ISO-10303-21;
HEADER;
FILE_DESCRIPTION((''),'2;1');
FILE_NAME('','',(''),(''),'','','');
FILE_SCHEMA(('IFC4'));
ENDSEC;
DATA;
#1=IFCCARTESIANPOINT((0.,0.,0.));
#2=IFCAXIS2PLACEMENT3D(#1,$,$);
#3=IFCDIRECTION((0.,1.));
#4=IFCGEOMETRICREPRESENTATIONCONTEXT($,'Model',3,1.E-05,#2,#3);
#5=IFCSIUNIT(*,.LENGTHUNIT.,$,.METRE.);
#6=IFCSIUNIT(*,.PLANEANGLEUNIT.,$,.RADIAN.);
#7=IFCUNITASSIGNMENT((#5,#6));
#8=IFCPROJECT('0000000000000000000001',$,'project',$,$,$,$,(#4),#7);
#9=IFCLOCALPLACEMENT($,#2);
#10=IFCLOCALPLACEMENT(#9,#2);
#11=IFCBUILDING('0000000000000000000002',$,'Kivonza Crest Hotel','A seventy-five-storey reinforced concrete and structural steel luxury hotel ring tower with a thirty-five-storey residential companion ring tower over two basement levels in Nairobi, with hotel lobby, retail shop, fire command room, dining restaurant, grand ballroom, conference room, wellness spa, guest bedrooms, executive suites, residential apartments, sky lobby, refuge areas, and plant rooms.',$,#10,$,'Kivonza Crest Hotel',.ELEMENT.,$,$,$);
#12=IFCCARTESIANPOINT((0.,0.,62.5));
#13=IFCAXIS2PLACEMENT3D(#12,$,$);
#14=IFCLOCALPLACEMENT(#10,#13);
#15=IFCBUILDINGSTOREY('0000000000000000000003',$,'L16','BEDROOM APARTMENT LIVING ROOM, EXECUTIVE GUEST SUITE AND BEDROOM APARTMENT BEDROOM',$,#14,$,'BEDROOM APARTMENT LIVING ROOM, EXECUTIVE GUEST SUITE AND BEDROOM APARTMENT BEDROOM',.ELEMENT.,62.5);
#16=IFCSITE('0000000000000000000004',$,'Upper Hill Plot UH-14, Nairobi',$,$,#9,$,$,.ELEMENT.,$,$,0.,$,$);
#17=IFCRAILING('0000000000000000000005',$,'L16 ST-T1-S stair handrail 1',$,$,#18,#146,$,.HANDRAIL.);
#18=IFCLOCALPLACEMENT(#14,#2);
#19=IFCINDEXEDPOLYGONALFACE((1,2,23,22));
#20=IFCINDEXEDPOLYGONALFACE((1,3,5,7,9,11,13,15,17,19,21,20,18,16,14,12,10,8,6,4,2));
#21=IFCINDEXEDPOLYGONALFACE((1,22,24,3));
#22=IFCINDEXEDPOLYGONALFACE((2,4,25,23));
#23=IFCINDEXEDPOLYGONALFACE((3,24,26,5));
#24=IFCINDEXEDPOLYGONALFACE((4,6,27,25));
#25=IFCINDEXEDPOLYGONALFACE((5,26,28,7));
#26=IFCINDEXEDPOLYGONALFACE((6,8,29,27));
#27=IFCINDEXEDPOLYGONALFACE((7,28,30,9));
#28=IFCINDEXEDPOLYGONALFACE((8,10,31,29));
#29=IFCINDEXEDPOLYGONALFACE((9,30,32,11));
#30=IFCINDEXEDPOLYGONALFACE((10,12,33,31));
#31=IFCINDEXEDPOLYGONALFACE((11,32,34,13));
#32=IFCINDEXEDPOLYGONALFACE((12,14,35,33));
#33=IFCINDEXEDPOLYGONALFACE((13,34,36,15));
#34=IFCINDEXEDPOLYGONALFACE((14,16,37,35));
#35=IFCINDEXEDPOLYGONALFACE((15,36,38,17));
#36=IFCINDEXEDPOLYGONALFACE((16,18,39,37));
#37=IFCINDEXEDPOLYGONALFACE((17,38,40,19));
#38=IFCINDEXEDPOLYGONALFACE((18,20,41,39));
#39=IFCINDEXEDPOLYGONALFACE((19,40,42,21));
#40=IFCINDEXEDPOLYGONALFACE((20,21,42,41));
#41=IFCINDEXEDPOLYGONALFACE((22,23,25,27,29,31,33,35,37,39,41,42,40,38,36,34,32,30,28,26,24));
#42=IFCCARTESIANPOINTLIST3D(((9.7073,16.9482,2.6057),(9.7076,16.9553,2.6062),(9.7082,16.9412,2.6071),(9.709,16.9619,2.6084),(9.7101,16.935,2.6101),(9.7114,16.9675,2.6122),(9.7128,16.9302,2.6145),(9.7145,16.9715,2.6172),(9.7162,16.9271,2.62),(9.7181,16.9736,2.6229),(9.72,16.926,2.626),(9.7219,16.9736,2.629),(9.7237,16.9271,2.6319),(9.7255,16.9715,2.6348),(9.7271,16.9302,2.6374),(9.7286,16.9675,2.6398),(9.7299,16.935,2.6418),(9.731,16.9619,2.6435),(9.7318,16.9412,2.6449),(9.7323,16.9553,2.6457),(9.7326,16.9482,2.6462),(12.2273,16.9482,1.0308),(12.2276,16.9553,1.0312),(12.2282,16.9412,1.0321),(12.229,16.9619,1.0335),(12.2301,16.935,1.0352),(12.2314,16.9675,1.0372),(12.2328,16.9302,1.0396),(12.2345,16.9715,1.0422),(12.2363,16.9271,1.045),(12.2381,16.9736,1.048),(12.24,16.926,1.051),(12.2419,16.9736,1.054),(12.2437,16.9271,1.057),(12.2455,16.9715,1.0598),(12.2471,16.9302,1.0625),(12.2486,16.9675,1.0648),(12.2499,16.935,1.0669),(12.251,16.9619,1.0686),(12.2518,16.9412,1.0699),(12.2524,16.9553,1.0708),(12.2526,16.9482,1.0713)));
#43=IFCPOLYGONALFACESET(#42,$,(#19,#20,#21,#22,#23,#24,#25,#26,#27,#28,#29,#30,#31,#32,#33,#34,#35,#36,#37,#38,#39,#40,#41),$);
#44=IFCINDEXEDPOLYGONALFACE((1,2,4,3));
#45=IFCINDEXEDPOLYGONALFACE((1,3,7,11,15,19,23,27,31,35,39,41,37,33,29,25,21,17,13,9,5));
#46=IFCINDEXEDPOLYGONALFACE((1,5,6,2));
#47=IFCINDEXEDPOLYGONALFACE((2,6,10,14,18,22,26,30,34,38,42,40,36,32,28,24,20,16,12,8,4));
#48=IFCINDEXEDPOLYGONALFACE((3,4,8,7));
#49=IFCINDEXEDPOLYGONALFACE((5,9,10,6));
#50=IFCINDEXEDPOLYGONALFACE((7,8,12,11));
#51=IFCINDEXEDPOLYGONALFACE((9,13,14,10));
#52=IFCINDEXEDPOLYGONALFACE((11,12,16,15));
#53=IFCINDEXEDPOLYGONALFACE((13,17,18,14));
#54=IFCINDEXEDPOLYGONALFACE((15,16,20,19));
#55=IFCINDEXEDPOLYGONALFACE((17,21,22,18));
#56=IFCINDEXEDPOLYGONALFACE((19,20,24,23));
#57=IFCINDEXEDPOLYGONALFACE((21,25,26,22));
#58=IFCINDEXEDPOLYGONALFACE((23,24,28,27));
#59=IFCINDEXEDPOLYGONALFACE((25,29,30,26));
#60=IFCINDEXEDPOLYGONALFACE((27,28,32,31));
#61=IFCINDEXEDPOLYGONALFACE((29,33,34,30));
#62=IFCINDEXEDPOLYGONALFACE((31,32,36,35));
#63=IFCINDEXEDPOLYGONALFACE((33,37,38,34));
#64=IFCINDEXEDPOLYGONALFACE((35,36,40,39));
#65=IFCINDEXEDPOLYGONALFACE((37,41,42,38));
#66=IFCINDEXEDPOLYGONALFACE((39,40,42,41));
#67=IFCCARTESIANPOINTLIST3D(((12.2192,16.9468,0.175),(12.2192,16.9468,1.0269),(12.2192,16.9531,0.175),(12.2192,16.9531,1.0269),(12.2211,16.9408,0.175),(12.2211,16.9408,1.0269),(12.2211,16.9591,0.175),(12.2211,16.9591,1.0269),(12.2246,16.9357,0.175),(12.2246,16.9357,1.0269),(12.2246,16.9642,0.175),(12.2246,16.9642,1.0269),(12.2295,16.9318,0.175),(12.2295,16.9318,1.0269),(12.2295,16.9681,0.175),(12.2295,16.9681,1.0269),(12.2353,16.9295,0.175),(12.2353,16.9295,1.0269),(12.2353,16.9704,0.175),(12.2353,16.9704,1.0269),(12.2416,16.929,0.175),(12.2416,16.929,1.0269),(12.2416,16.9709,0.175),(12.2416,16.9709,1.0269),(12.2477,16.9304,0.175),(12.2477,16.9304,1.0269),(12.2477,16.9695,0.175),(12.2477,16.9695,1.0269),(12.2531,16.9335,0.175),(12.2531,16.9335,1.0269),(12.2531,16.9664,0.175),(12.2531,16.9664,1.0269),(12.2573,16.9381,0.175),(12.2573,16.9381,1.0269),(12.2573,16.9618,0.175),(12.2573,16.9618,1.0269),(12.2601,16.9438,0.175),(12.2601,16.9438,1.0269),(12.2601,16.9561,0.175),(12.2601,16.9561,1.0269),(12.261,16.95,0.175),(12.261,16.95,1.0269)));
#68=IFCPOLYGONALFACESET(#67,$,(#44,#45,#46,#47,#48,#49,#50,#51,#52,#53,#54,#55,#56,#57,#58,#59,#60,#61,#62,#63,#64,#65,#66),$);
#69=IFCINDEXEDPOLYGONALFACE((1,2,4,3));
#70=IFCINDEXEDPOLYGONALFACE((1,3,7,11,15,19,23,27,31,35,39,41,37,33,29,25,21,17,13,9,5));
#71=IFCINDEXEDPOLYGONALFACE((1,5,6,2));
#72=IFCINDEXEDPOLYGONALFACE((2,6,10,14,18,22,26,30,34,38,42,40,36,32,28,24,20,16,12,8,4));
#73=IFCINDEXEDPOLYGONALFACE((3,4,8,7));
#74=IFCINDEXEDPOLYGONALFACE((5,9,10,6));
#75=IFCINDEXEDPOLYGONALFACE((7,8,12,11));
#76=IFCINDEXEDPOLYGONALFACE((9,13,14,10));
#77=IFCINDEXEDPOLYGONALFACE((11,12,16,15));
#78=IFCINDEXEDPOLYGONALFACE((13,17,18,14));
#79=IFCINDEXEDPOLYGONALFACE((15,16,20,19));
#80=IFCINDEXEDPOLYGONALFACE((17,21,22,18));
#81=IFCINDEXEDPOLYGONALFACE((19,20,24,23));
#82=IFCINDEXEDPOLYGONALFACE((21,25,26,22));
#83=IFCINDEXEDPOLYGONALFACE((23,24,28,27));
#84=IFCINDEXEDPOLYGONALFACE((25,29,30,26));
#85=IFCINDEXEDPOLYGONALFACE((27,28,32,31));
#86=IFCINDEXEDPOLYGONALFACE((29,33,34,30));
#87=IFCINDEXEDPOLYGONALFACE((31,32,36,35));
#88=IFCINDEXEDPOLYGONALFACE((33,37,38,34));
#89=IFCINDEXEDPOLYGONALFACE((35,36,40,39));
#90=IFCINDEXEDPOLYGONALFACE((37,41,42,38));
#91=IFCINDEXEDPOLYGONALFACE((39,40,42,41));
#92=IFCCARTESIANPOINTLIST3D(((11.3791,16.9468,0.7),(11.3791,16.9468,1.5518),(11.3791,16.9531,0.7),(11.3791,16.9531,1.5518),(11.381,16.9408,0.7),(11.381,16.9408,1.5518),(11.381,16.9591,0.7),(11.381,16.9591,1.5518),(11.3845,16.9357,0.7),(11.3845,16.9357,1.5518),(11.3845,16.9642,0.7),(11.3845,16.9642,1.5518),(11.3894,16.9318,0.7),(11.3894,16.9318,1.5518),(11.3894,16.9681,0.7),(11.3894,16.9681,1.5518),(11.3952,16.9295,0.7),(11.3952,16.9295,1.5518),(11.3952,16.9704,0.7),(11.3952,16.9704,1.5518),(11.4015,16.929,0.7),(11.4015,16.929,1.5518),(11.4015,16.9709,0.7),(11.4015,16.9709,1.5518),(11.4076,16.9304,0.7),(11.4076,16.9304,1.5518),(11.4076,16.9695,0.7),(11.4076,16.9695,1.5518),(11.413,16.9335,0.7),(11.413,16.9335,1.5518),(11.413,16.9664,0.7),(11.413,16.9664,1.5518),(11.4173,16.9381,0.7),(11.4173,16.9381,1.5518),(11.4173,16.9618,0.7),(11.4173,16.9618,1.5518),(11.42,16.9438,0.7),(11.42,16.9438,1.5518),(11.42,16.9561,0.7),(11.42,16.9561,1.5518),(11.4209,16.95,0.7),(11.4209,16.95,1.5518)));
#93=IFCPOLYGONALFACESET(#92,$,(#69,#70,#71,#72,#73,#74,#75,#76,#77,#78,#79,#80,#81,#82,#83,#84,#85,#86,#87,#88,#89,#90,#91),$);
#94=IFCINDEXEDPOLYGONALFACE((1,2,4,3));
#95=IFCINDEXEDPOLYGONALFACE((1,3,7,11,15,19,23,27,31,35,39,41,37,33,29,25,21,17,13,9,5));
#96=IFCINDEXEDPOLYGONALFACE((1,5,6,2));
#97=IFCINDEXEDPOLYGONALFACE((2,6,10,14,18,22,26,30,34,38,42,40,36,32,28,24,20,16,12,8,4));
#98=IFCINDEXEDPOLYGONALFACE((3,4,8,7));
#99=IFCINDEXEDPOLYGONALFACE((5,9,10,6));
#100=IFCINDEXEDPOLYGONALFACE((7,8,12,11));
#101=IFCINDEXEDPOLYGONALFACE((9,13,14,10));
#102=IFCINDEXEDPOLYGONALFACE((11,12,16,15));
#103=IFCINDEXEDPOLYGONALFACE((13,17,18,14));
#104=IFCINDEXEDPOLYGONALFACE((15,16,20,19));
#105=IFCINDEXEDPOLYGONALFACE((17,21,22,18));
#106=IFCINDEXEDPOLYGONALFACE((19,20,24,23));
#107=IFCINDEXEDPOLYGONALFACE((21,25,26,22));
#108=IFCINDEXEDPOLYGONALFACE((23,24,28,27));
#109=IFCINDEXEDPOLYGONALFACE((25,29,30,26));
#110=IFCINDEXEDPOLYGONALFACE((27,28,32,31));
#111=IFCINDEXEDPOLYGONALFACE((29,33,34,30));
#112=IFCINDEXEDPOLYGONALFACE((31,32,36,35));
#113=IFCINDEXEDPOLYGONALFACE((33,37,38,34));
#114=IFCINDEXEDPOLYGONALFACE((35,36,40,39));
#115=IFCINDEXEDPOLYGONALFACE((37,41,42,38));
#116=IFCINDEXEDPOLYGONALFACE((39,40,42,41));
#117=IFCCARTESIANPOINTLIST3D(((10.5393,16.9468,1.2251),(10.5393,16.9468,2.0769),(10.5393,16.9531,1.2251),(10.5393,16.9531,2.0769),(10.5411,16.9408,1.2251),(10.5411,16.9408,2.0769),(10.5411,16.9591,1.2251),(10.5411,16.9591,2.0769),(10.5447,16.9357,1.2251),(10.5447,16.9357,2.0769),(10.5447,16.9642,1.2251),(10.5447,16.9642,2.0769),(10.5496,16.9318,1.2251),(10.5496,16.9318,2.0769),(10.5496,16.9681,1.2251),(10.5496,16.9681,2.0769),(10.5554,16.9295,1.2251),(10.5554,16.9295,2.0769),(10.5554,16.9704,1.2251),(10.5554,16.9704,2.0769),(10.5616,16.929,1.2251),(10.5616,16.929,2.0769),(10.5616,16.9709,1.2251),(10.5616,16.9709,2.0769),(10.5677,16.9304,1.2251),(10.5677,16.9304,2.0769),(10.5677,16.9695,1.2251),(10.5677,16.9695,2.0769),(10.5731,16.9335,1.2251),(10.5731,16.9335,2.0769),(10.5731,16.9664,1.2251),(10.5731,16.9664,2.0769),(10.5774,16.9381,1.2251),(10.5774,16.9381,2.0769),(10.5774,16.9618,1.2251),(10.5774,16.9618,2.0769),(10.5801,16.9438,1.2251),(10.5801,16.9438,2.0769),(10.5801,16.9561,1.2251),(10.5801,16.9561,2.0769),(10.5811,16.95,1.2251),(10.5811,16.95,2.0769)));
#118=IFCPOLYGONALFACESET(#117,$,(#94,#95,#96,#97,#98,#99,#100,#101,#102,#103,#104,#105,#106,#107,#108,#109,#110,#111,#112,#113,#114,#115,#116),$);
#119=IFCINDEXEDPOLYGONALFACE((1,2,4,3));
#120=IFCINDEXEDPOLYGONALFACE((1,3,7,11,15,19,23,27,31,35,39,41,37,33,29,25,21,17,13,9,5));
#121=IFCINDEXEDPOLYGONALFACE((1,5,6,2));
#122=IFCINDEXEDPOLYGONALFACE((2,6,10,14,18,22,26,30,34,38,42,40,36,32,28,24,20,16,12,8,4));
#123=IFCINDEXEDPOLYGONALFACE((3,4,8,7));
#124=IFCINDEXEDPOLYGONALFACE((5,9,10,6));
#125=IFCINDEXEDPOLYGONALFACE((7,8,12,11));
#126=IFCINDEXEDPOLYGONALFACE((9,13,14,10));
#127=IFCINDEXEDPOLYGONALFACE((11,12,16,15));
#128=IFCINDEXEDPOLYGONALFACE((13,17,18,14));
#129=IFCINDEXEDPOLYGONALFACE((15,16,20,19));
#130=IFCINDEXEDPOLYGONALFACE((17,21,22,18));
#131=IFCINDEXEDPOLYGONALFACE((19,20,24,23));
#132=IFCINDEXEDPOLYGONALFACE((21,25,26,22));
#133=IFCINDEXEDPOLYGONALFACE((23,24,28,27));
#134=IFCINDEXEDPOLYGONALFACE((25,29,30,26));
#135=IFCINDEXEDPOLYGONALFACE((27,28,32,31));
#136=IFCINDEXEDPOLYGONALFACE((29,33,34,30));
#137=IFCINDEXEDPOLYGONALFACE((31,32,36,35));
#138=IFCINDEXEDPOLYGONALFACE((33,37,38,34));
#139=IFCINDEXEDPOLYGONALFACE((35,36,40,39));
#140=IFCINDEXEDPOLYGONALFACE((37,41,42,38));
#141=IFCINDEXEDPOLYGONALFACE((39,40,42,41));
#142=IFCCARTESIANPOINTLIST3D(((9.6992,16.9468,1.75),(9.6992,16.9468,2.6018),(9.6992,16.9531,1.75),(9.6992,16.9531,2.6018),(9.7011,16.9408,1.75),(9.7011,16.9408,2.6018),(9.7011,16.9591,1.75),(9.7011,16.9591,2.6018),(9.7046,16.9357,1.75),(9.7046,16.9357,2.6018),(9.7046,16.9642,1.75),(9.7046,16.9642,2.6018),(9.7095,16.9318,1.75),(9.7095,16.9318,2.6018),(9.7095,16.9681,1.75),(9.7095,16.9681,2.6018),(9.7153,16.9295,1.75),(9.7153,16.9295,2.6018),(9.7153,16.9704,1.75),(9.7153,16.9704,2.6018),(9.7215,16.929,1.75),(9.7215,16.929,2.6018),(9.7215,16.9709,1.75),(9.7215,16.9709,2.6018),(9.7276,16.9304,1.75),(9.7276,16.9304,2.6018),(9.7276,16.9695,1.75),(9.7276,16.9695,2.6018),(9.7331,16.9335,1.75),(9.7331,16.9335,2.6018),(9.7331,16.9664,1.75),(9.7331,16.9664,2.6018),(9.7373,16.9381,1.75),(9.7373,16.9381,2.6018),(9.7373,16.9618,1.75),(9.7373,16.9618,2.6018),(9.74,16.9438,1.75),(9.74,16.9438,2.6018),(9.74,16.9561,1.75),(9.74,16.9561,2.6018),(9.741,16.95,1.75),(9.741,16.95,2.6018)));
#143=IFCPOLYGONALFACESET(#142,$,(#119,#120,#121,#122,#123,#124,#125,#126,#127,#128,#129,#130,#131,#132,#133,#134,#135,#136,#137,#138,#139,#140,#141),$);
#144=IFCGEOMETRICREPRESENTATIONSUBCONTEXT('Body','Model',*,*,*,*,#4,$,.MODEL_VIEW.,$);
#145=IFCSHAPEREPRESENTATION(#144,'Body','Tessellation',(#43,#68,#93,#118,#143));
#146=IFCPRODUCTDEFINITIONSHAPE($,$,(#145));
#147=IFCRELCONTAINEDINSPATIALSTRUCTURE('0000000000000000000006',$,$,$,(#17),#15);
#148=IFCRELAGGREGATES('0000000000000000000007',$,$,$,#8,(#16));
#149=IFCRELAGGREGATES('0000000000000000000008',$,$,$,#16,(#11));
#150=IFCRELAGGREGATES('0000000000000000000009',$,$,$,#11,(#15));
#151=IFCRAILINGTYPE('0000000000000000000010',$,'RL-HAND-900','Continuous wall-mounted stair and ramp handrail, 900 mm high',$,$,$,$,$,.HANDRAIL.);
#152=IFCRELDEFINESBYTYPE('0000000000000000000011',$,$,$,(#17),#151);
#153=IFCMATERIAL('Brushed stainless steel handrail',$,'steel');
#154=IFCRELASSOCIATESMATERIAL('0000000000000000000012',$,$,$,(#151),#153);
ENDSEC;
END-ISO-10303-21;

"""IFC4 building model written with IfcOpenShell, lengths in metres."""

from ifc_helpers import new_model, si_unit, direction, frame, origin, origin_2d, place, context, subcontext, project, spatial, circle, extrude, material, type_object, element, save


model = new_model("IFC4")

# Units and contexts
model_context = context("Model", 3, precision=1e-05, world=origin(), true_north=direction((0.0, 1.0)))
body_context = subcontext(model_context, "Body", "Model", "MODEL_VIEW")
ifc_project = project(units=[si_unit("LENGTHUNIT", "METRE"), si_unit("PLANEANGLEUNIT", "RADIAN")], contexts=[model_context])

# Site, building, storey
site_placement = place(None, origin())
site = spatial("IfcSite", under=ifc_project, at=site_placement, Name="Upper Hill Plot UH-14, Nairobi", CompositionType="ELEMENT", RefElevation=0.0)
building_placement = place(site_placement, origin())
building = spatial("IfcBuilding", under=site, at=building_placement, Name="Kivonza Crest Hotel", Description="A seventy-five-storey reinforced concrete and structural steel luxury hotel ring tower with a thirty-five-storey residential companion ring tower over two basement levels in Nairobi, with hotel lobby, retail shop, fire command room, dining restaurant, grand ballroom, conference room, wellness spa, guest bedrooms, executive suites, residential apartments, sky lobby, refuge areas, and plant rooms.", LongName="Kivonza Crest Hotel", CompositionType="ELEMENT")
storey_placement = place(building_placement, frame((0.0, 0.0, 62.5)))
storey = spatial("IfcBuildingStorey", under=building, at=storey_placement, Name="L16", Description="BEDROOM APARTMENT LIVING ROOM, EXECUTIVE GUEST SUITE AND BEDROOM APARTMENT BEDROOM", LongName="BEDROOM APARTMENT LIVING ROOM, EXECUTIVE GUEST SUITE AND BEDROOM APARTMENT BEDROOM", CompositionType="ELEMENT", Elevation=62.5)

# Railing
ifc_material_1 = material(Name="Brushed stainless steel handrail", Category="steel")
railing_type_1 = type_object("IfcRailingType", Name="RL-HAND-900", Description="Continuous wall-mounted stair and ramp handrail, 900 mm high", PredefinedType="HANDRAIL", material=ifc_material_1)
railing_1_placement = place(storey_placement, frame((12.24, 16.95, 0.175)))
element("IfcRailing", 1, at=railing_1_placement, inside=storey, type_object=railing_type_1, Name="L16 ST-T1-S stair handrail 1", PredefinedType="HANDRAIL", context=body_context, shape_type="SweptSolid", body=[
    extrude(circle(Radius=0.0239, at=origin_2d()), frame((0.0, 0.0, 0.876), z_axis=(-0.848008, 0.0, 0.529984), x_axis=(0.0, -1.0, 0.0)), (0.0, 0.0, 1.0), 2.9717),
    extrude(circle(Radius=0.021, at=origin_2d()), origin(), (0.0, 0.0, 1.0), 0.8518),
    extrude(circle(Radius=0.021, at=origin_2d()), frame((-0.8401, 0.0, 0.5249)), (0.0, 0.0, 1.0), 0.8518),
    extrude(circle(Radius=0.021, at=origin_2d()), frame((-1.6799, 0.0, 1.05)), (0.0, 0.0, 1.0), 0.8518),
    extrude(circle(Radius=0.021, at=origin_2d()), frame((-2.52, 0.0, 1.575)), (0.0, 0.0, 1.0), 0.8518),
])

save(model, "model.ifc")
